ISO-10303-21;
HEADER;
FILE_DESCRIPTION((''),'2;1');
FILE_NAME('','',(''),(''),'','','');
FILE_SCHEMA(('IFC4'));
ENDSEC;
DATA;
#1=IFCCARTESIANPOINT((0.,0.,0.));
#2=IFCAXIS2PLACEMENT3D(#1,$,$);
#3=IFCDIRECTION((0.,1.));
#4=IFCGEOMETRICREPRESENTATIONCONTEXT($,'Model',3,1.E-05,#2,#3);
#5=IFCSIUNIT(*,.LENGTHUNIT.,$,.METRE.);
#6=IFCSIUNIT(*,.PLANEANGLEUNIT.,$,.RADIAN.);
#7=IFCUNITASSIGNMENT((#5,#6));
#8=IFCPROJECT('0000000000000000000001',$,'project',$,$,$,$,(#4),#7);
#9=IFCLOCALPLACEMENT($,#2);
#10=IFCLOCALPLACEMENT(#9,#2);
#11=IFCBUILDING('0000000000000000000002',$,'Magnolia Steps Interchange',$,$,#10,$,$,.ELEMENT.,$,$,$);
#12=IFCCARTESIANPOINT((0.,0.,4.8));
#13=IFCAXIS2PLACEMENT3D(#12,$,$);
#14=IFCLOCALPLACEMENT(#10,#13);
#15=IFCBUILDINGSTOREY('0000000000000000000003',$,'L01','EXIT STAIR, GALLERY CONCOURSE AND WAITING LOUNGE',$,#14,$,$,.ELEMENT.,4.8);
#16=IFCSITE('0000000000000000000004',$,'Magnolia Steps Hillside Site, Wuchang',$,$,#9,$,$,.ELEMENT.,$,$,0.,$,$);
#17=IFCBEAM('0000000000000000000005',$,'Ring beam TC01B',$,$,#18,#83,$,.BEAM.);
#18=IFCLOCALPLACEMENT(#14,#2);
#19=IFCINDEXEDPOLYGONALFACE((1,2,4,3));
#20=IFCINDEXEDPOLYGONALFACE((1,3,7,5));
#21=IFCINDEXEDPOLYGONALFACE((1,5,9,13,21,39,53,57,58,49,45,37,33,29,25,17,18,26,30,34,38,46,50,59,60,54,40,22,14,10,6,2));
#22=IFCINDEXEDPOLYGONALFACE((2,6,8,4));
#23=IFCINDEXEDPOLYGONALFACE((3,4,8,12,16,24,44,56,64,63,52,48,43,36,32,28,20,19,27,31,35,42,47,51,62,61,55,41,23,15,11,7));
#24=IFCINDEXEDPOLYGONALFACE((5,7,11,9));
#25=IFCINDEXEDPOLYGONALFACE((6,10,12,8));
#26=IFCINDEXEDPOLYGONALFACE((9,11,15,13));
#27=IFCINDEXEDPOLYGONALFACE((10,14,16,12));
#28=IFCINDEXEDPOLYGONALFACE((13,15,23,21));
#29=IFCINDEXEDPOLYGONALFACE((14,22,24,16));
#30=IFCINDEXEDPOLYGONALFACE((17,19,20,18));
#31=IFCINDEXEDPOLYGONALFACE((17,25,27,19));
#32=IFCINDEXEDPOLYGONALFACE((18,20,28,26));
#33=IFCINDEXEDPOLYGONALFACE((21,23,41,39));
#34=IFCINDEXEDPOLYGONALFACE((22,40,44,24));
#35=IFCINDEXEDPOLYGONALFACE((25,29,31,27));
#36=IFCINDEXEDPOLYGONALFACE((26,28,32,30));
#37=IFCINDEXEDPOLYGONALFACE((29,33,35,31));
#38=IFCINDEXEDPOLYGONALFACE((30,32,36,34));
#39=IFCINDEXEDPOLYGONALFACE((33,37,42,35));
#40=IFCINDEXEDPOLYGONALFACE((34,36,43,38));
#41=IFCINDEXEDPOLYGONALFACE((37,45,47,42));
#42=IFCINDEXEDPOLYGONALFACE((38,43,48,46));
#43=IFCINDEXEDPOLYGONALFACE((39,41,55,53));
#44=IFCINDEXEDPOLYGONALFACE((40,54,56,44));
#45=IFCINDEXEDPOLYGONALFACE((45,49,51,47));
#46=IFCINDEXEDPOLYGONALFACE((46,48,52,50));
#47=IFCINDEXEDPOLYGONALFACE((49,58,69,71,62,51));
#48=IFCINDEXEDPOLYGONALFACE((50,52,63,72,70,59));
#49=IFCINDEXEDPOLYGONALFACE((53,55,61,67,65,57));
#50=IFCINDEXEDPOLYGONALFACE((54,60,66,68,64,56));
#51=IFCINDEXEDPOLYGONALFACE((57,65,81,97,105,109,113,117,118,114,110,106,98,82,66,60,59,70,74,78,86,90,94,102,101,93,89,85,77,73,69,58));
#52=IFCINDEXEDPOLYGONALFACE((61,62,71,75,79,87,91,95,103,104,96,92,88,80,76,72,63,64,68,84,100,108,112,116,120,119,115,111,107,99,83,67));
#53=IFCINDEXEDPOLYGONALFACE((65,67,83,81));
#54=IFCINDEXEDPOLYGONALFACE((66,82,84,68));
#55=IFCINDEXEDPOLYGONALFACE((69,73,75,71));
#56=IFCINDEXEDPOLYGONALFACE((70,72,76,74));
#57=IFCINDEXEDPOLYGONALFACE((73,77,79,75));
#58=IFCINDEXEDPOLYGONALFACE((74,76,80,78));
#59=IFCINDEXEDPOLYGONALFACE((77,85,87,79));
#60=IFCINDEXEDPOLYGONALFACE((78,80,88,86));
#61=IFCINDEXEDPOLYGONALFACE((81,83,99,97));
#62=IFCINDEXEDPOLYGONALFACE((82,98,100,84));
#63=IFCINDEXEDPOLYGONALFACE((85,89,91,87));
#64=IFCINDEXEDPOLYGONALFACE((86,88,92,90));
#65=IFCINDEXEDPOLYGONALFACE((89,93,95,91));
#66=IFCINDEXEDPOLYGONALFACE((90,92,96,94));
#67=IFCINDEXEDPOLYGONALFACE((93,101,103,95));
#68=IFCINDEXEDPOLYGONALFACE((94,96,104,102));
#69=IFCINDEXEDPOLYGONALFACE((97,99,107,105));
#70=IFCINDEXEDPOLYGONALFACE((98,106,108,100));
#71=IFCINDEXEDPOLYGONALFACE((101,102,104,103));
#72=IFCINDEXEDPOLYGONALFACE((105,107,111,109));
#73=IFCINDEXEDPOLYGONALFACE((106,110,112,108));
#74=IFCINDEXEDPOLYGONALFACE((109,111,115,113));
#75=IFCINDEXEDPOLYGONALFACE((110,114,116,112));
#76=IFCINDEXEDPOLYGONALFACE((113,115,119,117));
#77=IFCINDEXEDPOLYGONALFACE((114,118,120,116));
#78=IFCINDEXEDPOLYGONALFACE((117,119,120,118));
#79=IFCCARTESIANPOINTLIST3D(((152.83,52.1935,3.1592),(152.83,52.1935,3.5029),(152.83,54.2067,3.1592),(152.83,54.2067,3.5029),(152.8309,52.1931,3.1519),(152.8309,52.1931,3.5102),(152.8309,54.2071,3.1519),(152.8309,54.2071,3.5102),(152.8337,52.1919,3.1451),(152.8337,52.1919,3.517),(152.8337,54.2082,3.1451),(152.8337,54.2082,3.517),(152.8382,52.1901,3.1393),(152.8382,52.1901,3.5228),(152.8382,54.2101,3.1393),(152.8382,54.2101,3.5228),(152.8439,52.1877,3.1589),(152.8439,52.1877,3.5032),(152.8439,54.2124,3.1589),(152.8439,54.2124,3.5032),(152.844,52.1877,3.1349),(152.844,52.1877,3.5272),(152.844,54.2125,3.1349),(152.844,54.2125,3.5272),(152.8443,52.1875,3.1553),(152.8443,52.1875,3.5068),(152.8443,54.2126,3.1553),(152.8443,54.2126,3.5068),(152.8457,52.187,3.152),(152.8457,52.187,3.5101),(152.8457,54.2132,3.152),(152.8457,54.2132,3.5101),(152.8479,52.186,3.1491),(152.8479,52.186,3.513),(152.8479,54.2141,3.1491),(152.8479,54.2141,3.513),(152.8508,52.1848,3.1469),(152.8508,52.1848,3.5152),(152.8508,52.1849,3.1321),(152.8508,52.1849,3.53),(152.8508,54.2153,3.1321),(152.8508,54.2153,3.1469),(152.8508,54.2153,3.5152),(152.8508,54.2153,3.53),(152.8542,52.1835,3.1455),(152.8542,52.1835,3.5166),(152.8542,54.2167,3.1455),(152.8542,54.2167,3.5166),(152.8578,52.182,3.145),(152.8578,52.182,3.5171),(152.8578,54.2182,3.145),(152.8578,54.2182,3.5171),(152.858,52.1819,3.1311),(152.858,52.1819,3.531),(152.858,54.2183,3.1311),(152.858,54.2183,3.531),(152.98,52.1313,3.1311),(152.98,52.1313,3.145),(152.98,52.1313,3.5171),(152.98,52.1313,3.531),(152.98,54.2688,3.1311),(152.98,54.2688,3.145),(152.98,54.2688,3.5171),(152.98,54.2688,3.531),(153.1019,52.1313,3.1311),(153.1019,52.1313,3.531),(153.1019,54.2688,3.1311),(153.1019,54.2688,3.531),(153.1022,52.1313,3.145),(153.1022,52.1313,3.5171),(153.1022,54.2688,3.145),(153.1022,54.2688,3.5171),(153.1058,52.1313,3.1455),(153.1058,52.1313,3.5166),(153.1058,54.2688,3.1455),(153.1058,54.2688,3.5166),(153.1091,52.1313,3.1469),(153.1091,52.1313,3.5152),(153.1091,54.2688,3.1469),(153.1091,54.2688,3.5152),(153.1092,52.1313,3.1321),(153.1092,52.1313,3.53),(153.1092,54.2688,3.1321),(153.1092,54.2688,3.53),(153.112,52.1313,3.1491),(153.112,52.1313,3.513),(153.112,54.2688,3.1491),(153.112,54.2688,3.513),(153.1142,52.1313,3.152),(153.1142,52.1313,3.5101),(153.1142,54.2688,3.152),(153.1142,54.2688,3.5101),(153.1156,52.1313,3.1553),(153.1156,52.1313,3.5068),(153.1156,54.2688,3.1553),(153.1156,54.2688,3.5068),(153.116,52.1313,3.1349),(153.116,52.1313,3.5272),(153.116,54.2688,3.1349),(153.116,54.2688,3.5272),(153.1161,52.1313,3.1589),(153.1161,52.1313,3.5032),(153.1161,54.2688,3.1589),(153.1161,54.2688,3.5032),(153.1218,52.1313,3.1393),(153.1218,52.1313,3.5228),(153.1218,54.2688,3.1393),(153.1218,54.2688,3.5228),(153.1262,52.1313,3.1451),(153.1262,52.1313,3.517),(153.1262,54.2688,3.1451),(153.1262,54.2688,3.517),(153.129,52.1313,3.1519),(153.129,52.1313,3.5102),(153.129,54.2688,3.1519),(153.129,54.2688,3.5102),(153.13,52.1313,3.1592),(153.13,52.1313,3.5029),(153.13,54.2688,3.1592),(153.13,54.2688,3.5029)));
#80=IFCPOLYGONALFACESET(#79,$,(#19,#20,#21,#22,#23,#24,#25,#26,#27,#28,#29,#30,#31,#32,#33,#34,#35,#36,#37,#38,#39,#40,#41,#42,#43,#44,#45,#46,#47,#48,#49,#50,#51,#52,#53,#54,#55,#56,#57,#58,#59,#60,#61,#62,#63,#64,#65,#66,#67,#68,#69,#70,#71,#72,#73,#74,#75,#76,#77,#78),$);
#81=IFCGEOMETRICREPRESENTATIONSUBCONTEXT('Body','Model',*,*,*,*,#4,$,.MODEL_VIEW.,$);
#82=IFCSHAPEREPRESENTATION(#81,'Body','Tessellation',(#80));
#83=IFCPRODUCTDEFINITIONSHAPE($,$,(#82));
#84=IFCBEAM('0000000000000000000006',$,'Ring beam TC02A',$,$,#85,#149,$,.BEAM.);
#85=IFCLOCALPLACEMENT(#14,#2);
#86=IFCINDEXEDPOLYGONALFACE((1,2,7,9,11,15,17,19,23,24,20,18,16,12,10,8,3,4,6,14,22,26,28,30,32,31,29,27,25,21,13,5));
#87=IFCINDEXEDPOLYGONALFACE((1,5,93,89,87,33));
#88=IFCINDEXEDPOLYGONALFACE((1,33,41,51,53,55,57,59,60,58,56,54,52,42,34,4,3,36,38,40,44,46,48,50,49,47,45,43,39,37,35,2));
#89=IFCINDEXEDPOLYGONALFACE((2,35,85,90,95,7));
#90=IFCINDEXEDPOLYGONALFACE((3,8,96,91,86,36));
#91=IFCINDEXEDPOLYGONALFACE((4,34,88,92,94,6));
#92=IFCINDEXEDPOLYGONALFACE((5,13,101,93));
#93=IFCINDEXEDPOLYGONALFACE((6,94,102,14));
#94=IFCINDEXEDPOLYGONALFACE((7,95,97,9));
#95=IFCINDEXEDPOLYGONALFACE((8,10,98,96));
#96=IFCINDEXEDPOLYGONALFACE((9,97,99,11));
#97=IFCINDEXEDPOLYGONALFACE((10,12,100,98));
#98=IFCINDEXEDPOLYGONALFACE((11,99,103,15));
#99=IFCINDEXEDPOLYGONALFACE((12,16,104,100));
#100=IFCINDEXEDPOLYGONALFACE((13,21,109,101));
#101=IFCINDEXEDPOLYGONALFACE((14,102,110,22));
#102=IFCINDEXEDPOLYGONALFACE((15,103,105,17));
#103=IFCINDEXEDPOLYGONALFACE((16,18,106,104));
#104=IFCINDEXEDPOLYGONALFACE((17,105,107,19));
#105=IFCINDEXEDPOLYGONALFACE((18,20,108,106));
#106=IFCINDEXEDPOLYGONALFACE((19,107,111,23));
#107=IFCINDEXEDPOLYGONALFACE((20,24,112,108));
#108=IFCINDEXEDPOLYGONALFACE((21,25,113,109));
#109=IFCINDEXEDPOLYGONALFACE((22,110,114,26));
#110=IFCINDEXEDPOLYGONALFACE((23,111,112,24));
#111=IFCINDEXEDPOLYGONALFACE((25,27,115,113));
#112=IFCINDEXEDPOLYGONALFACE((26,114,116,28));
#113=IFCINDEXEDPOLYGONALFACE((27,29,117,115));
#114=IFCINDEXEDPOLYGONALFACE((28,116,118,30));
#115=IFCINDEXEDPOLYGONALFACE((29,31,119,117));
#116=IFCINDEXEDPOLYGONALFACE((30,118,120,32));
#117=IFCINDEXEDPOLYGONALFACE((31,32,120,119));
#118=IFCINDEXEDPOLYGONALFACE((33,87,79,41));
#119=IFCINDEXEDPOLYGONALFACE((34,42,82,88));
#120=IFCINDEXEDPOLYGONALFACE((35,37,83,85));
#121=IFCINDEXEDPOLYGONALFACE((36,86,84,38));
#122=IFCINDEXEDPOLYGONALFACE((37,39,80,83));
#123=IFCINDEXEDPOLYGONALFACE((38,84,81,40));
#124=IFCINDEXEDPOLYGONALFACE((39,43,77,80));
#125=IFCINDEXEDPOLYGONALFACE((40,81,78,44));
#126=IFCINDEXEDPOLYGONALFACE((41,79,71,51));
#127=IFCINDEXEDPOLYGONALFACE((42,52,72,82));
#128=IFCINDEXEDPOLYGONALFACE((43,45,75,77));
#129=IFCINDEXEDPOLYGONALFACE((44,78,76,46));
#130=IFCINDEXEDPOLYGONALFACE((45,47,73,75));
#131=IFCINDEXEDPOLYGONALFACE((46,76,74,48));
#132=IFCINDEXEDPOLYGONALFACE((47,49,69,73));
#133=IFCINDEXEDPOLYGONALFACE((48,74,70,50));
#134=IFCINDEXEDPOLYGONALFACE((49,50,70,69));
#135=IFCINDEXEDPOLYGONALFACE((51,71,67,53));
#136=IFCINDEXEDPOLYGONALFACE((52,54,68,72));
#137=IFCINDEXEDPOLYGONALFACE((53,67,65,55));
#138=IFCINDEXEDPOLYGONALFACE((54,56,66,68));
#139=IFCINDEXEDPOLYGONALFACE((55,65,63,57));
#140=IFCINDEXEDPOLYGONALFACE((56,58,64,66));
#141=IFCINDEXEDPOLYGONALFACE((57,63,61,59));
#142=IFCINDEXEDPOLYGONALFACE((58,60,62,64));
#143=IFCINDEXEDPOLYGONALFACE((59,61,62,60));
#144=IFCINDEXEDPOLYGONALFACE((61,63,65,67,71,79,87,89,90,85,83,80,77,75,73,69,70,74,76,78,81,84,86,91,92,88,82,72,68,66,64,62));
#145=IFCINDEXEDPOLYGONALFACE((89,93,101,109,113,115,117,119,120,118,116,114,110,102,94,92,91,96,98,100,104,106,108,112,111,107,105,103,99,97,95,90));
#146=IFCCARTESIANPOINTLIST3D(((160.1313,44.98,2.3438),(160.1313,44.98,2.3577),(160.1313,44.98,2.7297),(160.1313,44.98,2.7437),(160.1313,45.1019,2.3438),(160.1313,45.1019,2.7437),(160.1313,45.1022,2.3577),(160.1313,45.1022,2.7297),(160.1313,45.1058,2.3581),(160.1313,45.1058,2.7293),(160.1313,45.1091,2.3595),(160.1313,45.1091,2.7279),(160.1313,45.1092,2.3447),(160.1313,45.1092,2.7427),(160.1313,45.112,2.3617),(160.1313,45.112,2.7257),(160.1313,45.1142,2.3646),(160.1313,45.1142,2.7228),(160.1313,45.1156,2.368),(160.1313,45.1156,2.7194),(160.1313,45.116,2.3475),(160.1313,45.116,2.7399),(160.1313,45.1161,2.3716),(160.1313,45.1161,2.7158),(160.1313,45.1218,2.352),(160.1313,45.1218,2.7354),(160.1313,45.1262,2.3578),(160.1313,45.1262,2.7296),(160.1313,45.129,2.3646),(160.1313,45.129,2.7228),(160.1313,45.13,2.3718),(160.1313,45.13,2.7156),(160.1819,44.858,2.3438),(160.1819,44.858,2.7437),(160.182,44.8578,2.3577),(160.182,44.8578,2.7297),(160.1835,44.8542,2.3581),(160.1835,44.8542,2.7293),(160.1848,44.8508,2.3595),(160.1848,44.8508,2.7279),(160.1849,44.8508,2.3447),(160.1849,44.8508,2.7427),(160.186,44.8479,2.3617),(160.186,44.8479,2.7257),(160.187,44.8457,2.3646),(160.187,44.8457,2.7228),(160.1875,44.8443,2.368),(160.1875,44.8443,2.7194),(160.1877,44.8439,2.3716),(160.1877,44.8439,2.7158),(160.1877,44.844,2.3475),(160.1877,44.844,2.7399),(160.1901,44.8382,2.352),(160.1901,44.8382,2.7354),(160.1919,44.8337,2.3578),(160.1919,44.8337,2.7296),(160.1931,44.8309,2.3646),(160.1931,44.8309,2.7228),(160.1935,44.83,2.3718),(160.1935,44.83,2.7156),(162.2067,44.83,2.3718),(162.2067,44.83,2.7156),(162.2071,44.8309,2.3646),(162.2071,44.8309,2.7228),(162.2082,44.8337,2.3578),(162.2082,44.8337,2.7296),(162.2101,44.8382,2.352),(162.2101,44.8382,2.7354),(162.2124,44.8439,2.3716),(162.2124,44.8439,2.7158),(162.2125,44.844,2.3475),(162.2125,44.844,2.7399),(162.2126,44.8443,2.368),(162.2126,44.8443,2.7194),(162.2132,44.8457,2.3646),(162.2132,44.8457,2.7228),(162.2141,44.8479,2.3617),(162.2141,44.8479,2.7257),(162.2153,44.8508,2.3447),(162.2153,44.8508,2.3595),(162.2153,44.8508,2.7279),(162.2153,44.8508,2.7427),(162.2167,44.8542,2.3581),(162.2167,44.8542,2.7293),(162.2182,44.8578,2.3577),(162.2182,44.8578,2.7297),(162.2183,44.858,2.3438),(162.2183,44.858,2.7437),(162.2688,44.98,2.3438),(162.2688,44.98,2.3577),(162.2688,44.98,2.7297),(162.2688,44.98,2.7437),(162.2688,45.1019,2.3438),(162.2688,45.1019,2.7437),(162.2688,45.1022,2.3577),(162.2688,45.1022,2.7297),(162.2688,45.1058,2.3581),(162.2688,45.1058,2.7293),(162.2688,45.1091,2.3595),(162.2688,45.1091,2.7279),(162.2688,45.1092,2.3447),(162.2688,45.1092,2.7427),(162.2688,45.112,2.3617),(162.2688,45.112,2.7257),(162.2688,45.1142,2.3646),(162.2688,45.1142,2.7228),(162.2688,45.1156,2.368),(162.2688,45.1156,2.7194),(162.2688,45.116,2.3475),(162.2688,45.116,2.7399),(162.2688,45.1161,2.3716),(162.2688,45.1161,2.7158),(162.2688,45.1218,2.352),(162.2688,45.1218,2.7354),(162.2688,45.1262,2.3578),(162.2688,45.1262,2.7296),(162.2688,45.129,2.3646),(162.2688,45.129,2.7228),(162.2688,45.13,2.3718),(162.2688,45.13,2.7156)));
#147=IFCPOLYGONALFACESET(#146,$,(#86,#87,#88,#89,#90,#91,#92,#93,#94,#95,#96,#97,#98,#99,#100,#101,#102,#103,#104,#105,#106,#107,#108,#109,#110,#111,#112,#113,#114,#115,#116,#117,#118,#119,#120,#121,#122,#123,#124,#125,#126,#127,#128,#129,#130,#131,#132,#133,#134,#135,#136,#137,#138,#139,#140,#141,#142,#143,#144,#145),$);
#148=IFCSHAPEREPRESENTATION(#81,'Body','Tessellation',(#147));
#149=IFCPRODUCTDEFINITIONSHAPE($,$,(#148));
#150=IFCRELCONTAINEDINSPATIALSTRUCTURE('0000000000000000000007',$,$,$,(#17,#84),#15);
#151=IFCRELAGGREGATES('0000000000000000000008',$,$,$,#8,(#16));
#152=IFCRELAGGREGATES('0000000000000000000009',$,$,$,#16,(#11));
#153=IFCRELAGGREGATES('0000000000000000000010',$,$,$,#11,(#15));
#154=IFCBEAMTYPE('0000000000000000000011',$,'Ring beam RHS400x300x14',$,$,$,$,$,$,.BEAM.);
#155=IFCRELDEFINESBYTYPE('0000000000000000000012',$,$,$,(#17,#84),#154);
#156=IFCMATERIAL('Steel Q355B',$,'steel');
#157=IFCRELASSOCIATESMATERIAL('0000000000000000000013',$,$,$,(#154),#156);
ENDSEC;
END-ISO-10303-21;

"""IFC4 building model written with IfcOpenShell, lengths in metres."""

from ifc_helpers import new_model, si_unit, direction, frame, origin, origin_2d, place, context, subcontext, project, spatial, hollow_rectangle, extrude, clip, halfspace, material, material_profile, profile_set, type_object, element, save


model = new_model("IFC4")

# Units and contexts
model_context = context("Model", 3, precision=1e-05, world=origin(), true_north=direction((0.0, 1.0)))
body_context = subcontext(model_context, "Body", "Model", "MODEL_VIEW")
ifc_project = project(units=[si_unit("LENGTHUNIT", "METRE"), si_unit("PLANEANGLEUNIT", "RADIAN")], contexts=[model_context])

# Site, building, storey
site_placement = place(None, origin())
site = spatial("IfcSite", under=ifc_project, at=site_placement, Name="Magnolia Steps Hillside Site, Wuchang", CompositionType="ELEMENT", RefElevation=0.0)
building_placement = place(site_placement, origin())
building = spatial("IfcBuilding", under=site, at=building_placement, Name="Magnolia Steps Interchange", CompositionType="ELEMENT")
storey_placement = place(building_placement, frame((0.0, 0.0, 4.8)))
storey = spatial("IfcBuildingStorey", under=building, at=storey_placement, Name="L01", Description="EXIT STAIR, GALLERY CONCOURSE AND WAITING LOUNGE", CompositionType="ELEMENT", Elevation=4.8)

# Beams
ifc_material_1 = material(Name="Steel Q355B", Category="steel")
ifc_material_profile_1 = material_profile(ifc_material_1, hollow_rectangle(XDim=0.3, YDim=0.3999, WallThickness=0.0139, InnerFilletRadius=0.0139, OuterFilletRadius=0.0281, at=origin_2d()), Name="RHS400x300x14")
ifc_profile_set_1 = profile_set([ifc_material_profile_1], Name="Steel Q355B")
beam_type_1 = type_object("IfcBeamType", Name="Ring beam RHS400x300x14", PredefinedType="BEAM", material=ifc_profile_set_1)
for number, where, z_axis, x_axis, name in (
    (1, (152.98, 52.1313, 3.3311), (0.0, 1.0, 0.0), (-1.0, 0.0, 0.0), "Ring beam TC01B"),
    (2, (162.2688, 44.98, 2.5437), (-1.0, 0.0, 0.0), (0.0, -1.0, 0.0), "Ring beam TC02A"),
):
    element("IfcBeam", number, at=place(storey_placement, frame(where, z_axis=z_axis, x_axis=x_axis)), inside=storey, type_object=beam_type_1, Name=name, PredefinedType="BEAM", context=body_context, shape_type="Clipping", body=[
        clip(clip(extrude(hollow_rectangle(XDim=0.3, YDim=0.3999, WallThickness=0.0139, InnerFilletRadius=0.0139, OuterFilletRadius=0.0281, at=origin_2d()), origin(), (0.0, 0.0, 1.0), 2.1375), halfspace(frame((0.0, 0.0, 0.0), z_axis=(0.382683, 0.0, -0.92388), x_axis=(0.92388, 0.0, 0.382683)), False)), halfspace(frame((0.0, 0.0, 2.1375), z_axis=(0.382683, 0.0, 0.92388), x_axis=(0.92388, 0.0, -0.382683)), False)),
    ])

save(model, "model.ifc")
